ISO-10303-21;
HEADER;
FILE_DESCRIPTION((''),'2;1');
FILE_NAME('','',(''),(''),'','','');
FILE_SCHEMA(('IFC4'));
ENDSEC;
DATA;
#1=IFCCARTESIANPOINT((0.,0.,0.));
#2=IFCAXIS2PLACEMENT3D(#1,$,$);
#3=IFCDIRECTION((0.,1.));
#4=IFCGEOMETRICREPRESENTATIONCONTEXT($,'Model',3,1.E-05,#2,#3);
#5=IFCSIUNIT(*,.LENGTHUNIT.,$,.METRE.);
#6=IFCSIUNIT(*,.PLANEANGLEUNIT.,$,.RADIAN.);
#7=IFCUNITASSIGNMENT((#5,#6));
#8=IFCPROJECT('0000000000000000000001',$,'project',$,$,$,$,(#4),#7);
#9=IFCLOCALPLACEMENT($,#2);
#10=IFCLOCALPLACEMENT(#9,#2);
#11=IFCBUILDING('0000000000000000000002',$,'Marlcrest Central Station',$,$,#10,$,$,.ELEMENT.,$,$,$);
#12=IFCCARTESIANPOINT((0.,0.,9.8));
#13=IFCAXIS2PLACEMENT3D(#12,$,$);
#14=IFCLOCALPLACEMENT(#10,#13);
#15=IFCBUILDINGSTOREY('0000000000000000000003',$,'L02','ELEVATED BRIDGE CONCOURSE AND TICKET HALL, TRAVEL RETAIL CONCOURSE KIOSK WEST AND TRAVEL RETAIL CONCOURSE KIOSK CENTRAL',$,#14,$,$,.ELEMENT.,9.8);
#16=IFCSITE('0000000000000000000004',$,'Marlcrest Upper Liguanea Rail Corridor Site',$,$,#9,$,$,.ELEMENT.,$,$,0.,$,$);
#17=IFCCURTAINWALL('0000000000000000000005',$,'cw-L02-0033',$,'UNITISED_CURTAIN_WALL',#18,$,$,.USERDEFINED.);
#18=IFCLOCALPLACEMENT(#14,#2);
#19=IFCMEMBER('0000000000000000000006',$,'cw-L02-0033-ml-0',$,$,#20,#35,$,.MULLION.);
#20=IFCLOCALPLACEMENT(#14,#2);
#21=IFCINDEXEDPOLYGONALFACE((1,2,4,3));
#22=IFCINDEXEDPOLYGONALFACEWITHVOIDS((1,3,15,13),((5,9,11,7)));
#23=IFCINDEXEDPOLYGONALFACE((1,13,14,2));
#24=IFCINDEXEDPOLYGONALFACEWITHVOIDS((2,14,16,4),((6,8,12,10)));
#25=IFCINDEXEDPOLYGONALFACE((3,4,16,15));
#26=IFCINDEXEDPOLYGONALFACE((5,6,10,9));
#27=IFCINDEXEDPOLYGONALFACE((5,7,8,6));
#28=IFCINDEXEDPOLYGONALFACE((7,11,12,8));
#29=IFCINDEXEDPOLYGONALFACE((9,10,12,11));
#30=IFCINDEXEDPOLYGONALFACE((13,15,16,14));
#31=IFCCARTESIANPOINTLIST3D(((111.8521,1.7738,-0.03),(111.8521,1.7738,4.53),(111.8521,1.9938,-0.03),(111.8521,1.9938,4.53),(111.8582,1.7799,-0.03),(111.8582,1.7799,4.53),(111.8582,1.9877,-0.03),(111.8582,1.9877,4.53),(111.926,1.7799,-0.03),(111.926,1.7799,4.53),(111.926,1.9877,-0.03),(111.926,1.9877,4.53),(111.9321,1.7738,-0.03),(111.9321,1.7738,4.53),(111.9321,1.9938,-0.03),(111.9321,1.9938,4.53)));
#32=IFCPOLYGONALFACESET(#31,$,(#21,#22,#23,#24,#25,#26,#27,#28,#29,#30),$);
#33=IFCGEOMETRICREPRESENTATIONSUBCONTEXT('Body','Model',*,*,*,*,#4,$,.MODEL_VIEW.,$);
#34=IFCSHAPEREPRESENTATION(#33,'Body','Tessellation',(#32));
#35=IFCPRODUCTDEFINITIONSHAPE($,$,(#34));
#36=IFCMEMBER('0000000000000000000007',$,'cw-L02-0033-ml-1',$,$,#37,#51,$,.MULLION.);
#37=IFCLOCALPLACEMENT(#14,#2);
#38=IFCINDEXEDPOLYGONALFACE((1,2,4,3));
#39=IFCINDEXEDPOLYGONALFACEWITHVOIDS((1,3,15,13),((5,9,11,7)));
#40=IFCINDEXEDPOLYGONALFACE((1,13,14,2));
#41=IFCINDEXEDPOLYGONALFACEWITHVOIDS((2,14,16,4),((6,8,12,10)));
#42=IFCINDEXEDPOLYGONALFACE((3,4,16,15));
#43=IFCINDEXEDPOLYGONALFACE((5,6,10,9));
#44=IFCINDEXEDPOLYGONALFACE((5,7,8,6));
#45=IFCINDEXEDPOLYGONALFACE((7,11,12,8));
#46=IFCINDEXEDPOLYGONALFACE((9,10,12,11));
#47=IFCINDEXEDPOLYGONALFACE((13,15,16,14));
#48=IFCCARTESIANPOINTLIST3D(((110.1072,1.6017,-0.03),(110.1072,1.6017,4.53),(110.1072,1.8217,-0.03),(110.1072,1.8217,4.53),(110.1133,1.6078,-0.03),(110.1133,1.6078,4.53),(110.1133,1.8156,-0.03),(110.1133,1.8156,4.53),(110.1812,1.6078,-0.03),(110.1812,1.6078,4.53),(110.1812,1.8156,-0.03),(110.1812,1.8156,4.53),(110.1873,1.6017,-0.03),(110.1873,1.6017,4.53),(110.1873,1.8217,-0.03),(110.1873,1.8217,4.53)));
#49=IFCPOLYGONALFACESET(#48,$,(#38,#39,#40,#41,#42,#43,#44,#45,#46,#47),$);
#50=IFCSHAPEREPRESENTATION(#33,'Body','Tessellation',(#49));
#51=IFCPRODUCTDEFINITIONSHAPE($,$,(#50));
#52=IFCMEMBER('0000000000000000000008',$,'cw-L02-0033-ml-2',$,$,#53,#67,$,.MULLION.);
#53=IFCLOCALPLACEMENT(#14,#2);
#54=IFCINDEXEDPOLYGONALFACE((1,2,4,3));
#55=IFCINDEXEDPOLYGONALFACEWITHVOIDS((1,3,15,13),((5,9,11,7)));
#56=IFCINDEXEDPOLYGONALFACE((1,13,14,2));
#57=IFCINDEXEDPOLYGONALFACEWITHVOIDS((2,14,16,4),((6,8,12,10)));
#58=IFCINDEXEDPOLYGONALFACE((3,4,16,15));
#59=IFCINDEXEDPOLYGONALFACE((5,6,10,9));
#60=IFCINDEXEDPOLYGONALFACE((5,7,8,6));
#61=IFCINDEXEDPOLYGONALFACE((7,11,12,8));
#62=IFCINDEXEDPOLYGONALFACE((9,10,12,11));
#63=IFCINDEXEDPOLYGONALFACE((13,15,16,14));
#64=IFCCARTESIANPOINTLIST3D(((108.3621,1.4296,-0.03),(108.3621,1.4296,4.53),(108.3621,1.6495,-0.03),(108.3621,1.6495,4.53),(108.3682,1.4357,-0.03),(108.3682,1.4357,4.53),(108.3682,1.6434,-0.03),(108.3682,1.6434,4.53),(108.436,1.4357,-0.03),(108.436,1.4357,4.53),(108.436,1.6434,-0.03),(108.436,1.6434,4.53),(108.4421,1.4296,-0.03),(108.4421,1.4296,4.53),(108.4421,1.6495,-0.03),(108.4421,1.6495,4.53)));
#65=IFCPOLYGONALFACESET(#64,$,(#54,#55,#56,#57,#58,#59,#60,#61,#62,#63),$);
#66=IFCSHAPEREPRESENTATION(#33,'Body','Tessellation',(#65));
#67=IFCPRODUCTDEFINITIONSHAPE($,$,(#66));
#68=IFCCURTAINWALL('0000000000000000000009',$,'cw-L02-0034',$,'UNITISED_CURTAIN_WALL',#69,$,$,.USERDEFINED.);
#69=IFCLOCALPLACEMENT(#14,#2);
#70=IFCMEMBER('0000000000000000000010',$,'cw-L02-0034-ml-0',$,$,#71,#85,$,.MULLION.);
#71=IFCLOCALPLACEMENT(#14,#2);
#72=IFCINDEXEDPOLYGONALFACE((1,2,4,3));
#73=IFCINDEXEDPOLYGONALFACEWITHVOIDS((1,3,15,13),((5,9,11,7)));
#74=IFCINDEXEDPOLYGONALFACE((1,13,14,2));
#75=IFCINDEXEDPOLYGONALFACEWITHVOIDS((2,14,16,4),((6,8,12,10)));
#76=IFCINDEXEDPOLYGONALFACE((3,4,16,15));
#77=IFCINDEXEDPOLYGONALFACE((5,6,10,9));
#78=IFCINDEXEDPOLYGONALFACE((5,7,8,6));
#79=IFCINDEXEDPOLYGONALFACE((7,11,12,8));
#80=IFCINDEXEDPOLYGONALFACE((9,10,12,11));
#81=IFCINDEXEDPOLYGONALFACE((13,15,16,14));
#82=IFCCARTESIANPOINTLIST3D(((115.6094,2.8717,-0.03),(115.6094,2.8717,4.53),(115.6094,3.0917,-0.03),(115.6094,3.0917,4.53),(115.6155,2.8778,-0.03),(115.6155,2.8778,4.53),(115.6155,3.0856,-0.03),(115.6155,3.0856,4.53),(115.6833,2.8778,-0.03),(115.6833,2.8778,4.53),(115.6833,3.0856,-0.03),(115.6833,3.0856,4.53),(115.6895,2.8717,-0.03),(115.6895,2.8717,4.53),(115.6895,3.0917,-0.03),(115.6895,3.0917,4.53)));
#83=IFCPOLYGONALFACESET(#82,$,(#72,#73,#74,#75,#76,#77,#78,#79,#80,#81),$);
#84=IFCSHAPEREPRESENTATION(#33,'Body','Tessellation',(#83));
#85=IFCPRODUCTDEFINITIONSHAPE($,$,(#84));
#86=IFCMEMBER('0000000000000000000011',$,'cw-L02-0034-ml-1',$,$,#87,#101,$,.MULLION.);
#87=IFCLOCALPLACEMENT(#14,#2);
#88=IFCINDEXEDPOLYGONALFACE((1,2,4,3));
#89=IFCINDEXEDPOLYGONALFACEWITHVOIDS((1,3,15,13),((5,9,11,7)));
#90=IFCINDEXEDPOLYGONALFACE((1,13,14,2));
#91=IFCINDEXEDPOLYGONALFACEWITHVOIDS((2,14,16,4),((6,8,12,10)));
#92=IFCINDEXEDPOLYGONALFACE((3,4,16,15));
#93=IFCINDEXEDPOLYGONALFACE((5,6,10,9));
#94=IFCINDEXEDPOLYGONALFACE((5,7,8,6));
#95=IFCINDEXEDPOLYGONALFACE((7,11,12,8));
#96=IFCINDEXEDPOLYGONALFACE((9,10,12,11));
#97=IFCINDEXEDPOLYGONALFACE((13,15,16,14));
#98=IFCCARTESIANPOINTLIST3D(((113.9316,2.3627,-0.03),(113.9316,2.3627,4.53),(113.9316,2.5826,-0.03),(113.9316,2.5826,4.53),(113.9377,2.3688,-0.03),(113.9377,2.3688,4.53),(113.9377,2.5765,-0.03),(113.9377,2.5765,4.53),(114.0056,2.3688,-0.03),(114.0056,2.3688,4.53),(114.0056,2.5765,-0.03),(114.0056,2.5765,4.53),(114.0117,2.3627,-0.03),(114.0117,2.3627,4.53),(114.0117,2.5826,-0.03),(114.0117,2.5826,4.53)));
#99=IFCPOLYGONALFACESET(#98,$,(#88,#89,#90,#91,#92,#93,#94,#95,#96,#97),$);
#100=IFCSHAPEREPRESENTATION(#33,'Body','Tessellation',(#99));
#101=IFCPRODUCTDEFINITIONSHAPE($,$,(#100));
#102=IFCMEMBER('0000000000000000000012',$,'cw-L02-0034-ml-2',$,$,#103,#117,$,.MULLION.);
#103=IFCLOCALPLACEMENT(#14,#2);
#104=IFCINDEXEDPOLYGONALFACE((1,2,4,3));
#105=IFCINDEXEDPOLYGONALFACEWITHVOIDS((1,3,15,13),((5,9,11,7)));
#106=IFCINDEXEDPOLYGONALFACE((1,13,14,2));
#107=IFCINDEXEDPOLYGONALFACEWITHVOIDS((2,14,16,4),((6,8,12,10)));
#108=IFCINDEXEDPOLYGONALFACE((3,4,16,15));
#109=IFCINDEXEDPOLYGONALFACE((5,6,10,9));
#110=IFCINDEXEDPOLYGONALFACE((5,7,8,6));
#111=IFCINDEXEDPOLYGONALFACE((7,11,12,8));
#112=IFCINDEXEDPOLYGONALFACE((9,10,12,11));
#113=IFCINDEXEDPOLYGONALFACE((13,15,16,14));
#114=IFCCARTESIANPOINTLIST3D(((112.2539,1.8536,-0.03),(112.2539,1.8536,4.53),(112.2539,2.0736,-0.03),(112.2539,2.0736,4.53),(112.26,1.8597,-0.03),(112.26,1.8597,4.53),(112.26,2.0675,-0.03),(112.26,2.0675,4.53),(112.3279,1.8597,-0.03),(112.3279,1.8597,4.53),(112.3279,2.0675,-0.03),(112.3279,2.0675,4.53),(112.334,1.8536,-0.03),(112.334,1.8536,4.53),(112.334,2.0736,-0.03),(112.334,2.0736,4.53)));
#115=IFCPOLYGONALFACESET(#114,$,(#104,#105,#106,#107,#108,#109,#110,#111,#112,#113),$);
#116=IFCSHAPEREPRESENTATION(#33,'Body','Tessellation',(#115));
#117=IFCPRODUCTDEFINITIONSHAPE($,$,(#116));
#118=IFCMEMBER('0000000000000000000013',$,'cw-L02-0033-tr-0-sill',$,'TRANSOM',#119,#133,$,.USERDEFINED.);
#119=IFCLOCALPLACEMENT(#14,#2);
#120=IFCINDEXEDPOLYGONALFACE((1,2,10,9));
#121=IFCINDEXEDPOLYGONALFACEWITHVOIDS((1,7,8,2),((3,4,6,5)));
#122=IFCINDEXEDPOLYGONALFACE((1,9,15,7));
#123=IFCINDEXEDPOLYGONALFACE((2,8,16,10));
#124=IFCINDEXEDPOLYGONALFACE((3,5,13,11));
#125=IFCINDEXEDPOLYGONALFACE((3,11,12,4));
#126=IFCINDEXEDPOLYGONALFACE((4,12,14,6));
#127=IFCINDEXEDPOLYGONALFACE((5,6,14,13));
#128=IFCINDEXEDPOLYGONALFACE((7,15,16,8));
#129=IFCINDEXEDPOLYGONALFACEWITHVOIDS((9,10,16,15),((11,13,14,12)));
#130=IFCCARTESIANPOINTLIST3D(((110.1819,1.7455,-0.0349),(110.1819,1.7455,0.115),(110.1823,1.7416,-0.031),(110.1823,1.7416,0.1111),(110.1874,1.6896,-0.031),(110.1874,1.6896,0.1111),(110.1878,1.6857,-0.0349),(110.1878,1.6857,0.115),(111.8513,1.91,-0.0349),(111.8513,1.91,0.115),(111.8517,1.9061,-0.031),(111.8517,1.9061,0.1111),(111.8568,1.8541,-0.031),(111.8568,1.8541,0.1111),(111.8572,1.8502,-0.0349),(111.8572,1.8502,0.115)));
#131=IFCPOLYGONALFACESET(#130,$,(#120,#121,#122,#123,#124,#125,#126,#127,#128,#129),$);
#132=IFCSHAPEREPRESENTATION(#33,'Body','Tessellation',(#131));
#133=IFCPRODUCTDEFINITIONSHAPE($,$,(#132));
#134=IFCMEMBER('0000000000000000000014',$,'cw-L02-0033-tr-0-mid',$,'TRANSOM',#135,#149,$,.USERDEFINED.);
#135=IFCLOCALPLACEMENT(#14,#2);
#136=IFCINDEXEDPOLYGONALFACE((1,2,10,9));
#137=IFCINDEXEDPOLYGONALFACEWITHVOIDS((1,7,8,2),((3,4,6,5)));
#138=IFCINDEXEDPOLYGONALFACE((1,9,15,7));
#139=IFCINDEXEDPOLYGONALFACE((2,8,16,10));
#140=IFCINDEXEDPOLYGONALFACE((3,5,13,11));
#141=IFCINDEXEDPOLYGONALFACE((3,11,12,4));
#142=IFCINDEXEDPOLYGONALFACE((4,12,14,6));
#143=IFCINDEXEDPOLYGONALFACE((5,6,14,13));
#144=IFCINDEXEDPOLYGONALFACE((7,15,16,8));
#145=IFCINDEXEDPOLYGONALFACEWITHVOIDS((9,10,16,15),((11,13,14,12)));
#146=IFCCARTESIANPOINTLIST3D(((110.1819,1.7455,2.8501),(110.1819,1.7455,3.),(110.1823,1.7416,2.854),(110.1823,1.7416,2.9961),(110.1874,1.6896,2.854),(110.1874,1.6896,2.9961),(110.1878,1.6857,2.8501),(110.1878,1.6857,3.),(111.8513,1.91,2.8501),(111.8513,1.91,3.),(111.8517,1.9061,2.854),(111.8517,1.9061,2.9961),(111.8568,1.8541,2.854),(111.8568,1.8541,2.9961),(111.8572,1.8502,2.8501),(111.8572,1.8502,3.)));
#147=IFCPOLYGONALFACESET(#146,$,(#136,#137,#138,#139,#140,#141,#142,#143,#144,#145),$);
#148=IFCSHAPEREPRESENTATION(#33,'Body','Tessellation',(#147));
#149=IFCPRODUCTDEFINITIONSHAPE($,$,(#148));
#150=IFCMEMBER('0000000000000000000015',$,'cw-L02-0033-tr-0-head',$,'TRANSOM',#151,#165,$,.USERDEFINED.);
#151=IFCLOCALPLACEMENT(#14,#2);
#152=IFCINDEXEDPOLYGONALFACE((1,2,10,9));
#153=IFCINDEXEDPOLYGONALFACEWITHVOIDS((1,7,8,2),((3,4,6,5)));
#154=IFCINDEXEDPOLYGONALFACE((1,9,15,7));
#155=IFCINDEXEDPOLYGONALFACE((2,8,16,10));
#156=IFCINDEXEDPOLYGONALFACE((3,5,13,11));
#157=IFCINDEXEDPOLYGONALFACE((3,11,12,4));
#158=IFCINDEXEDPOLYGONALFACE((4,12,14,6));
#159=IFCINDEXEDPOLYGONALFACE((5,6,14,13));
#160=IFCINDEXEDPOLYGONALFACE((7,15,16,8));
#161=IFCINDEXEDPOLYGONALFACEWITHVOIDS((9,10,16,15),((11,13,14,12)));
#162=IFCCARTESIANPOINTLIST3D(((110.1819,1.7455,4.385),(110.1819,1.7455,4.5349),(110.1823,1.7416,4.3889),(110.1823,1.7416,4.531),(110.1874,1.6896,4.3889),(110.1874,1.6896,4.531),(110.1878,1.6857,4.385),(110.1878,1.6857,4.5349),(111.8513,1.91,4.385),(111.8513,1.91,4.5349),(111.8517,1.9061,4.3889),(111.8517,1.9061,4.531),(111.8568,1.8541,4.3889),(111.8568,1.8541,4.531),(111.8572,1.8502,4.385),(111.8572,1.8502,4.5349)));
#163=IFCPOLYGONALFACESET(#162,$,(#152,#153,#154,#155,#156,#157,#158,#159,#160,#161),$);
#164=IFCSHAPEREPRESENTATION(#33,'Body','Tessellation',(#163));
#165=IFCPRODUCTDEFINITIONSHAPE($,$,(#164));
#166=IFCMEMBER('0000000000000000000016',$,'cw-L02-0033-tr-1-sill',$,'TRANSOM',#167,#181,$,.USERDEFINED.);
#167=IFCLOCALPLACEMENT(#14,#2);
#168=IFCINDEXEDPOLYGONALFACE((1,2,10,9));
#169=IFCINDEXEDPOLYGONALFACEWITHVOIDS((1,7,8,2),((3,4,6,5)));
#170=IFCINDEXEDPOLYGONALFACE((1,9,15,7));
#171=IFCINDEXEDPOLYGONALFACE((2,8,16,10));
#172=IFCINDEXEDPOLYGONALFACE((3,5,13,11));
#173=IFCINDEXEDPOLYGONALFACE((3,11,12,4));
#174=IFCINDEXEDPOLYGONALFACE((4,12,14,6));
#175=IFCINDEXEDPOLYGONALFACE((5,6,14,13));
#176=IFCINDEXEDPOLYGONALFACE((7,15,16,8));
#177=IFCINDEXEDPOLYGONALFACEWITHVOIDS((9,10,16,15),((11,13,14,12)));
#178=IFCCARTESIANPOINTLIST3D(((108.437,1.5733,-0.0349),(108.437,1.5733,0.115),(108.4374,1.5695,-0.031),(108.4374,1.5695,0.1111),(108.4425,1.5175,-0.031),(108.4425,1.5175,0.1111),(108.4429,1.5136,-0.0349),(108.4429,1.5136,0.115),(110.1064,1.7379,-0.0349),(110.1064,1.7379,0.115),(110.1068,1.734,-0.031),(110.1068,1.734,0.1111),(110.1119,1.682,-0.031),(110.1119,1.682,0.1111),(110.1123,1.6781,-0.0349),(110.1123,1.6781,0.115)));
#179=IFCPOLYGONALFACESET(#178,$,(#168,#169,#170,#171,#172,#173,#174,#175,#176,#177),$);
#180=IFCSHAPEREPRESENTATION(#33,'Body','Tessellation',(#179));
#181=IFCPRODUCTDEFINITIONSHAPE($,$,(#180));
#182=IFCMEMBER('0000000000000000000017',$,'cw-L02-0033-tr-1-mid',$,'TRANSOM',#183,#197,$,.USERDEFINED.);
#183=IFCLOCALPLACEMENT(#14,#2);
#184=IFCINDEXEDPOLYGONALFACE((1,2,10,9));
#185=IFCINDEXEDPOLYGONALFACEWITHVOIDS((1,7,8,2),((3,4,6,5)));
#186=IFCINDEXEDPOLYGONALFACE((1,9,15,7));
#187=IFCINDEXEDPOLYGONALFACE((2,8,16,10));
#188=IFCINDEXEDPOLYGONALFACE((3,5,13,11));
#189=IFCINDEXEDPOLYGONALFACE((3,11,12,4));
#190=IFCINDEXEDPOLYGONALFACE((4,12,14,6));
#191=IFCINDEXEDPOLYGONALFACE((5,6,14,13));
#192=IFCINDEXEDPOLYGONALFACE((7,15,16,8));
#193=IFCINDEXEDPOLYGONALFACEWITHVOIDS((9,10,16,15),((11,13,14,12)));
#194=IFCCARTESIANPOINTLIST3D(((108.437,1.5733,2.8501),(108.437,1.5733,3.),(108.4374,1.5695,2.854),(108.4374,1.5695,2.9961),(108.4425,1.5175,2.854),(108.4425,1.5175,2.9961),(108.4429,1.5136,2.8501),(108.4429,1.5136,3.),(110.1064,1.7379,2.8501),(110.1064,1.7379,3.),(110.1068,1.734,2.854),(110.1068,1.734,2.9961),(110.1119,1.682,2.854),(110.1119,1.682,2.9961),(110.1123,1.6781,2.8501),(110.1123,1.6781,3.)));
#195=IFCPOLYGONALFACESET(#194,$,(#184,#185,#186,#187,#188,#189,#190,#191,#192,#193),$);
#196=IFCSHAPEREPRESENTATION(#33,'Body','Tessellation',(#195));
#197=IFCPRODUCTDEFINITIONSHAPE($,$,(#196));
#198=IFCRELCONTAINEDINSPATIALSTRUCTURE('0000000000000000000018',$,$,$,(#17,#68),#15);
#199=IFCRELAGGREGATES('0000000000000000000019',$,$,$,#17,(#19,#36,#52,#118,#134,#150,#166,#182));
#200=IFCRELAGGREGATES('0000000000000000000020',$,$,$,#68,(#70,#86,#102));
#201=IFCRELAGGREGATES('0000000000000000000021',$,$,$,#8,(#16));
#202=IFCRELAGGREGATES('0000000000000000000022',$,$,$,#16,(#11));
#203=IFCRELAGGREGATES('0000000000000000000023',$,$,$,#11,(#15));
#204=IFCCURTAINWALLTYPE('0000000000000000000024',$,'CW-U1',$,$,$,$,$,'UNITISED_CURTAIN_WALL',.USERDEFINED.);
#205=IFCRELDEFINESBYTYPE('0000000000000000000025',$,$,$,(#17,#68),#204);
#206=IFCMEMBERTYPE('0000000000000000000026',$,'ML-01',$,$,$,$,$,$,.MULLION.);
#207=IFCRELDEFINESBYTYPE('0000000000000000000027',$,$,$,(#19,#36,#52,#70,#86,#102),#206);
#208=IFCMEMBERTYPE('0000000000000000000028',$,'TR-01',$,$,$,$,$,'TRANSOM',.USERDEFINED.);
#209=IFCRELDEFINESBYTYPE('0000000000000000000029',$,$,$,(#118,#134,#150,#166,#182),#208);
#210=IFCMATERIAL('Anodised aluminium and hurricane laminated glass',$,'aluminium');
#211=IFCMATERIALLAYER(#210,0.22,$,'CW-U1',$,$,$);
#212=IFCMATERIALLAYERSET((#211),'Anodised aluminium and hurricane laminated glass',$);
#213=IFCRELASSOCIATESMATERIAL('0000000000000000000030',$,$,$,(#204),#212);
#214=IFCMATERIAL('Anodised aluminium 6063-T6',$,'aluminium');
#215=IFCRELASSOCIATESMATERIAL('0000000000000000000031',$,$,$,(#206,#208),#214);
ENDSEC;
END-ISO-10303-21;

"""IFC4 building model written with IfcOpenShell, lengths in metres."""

from ifc_helpers import new_model, si_unit, direction, frame, origin, origin_2d, place, context, subcontext, project, spatial, hollow_rectangle, extrude, material, layer, layer_set, material_profile, profile_set, type_object, element, aggregate, save


model = new_model("IFC4")

# Units and contexts
model_context = context("Model", 3, precision=1e-05, world=origin(), true_north=direction((0.0, 1.0)))
body_context = subcontext(model_context, "Body", "Model", "MODEL_VIEW")
ifc_project = project(units=[si_unit("LENGTHUNIT", "METRE"), si_unit("PLANEANGLEUNIT", "RADIAN")], contexts=[model_context])

# Site, building, storey
site_placement = place(None, origin())
site = spatial("IfcSite", under=ifc_project, at=site_placement, Name="Marlcrest Upper Liguanea Rail Corridor Site", CompositionType="ELEMENT", RefElevation=0.0)
building_placement = place(site_placement, origin())
building = spatial("IfcBuilding", under=site, at=building_placement, Name="Marlcrest Central Station", CompositionType="ELEMENT")
storey_placement = place(building_placement, frame((0.0, 0.0, 9.8)))
storey = spatial("IfcBuildingStorey", under=building, at=storey_placement, Name="L02", Description="ELEVATED BRIDGE CONCOURSE AND TICKET HALL, TRAVEL RETAIL CONCOURSE KIOSK WEST AND TRAVEL RETAIL CONCOURSE KIOSK CENTRAL", CompositionType="ELEMENT", Elevation=9.8)

# Curtain walls, members
ifc_material_1 = material(Name="Anodised aluminium and hurricane laminated glass", Category="aluminium")
ifc_layer_1 = layer(ifc_material_1, 0.22, Name="CW-U1")
ifc_layer_set_1 = layer_set([ifc_layer_1], Name="Anodised aluminium and hurricane laminated glass")
curtain_wall_type = type_object("IfcCurtainWallType", Name="CW-U1", ElementType="UNITISED_CURTAIN_WALL", PredefinedType="USERDEFINED", material=ifc_layer_set_1)
curtain_wall_1_placement = place(storey_placement, origin())
curtain_wall_1 = element("IfcCurtainWall", 1, at=curtain_wall_1_placement, inside=storey, type_object=curtain_wall_type, Name="cw-L02-0033", ObjectType="UNITISED_CURTAIN_WALL", PredefinedType="USERDEFINED")
ifc_material_2 = material(Name="Anodised aluminium 6063-T6", Category="aluminium")
ifc_material_profile_1 = material_profile(ifc_material_2, hollow_rectangle(XDim=0.0801, YDim=0.22, WallThickness=0.0061, at=origin_2d()), Name="AA-RHS 220x80x6")
ifc_profile_set_1 = profile_set([ifc_material_profile_1], Name="Anodised aluminium 6063-T6")
member_type_1 = type_object("IfcMemberType", Name="ML-01", PredefinedType="MULLION", material=ifc_profile_set_1)
member_1_placement = place(storey_placement, frame((111.8921, 1.8838, -0.03), z_axis=(0.0, 0.0, 1.0), x_axis=(1.0, 0.0, 0.0)))
member_1 = element("IfcMember", 2, at=member_1_placement, type_object=member_type_1, Name="cw-L02-0033-ml-0", PredefinedType="MULLION", context=body_context, shape_type="SweptSolid", body=[
    extrude(hollow_rectangle(XDim=0.0801, YDim=0.22, WallThickness=0.0061, at=origin_2d()), origin(), (0.0, 0.0, 1.0), 4.5601),
])
member_2_placement = place(storey_placement, frame((110.1472, 1.7117, -0.03), z_axis=(0.0, 0.0, 1.0), x_axis=(1.0, 0.0, 0.0)))
member_2 = element("IfcMember", 3, at=member_2_placement, type_object=member_type_1, Name="cw-L02-0033-ml-1", PredefinedType="MULLION", context=body_context, shape_type="SweptSolid", body=[
    extrude(hollow_rectangle(XDim=0.0801, YDim=0.22, WallThickness=0.0061, at=origin_2d()), origin(), (0.0, 0.0, 1.0), 4.5601),
])
member_3_placement = place(storey_placement, frame((108.4021, 1.5396, -0.03), z_axis=(0.0, 0.0, 1.0), x_axis=(1.0, 0.0, 0.0)))
member_3 = element("IfcMember", 4, at=member_3_placement, type_object=member_type_1, Name="cw-L02-0033-ml-2", PredefinedType="MULLION", context=body_context, shape_type="SweptSolid", body=[
    extrude(hollow_rectangle(XDim=0.0801, YDim=0.22, WallThickness=0.0061, at=origin_2d()), origin(), (0.0, 0.0, 1.0), 4.5601),
])
curtain_wall_2_placement = place(storey_placement, origin())
curtain_wall_2 = element("IfcCurtainWall", 5, at=curtain_wall_2_placement, inside=storey, type_object=curtain_wall_type, Name="cw-L02-0034", ObjectType="UNITISED_CURTAIN_WALL", PredefinedType="USERDEFINED")
member_4_placement = place(storey_placement, frame((115.6494, 2.9817, -0.03), z_axis=(0.0, 0.0, 1.0), x_axis=(1.0, 0.0, 0.0)))
member_4 = element("IfcMember", 6, at=member_4_placement, type_object=member_type_1, Name="cw-L02-0034-ml-0", PredefinedType="MULLION", context=body_context, shape_type="SweptSolid", body=[
    extrude(hollow_rectangle(XDim=0.0801, YDim=0.22, WallThickness=0.0061, at=origin_2d()), origin(), (0.0, 0.0, 1.0), 4.5601),
])
member_5_placement = place(storey_placement, frame((113.9717, 2.4727, -0.03), z_axis=(0.0, 0.0, 1.0), x_axis=(1.0, 0.0, 0.0)))
member_5 = element("IfcMember", 7, at=member_5_placement, type_object=member_type_1, Name="cw-L02-0034-ml-1", PredefinedType="MULLION", context=body_context, shape_type="SweptSolid", body=[
    extrude(hollow_rectangle(XDim=0.0801, YDim=0.22, WallThickness=0.0061, at=origin_2d()), origin(), (0.0, 0.0, 1.0), 4.5601),
])
member_6_placement = place(storey_placement, frame((112.2939, 1.9636, -0.03), z_axis=(0.0, 0.0, 1.0), x_axis=(1.0, 0.0, 0.0)))
member_6 = element("IfcMember", 8, at=member_6_placement, type_object=member_type_1, Name="cw-L02-0034-ml-2", PredefinedType="MULLION", context=body_context, shape_type="SweptSolid", body=[
    extrude(hollow_rectangle(XDim=0.0801, YDim=0.22, WallThickness=0.0061, at=origin_2d()), origin(), (0.0, 0.0, 1.0), 4.5601),
])

# Members
ifc_material_profile_2 = material_profile(ifc_material_2, hollow_rectangle(XDim=0.0601, YDim=0.1499, WallThickness=0.0039, at=origin_2d()), Name="AA-RHS 150x60x4")
ifc_profile_set_2 = profile_set([ifc_material_profile_2], Name="Anodised aluminium 6063-T6")
member_type_2 = type_object("IfcMemberType", Name="TR-01", ElementType="TRANSOM", PredefinedType="USERDEFINED", material=ifc_profile_set_2)
member_7_placement = place(storey_placement, frame((111.8542, 1.8801, 0.04), z_axis=(-0.995177, -0.098091, 0.0), x_axis=(0.098091, -0.995177, 0.0)))
member_7 = element("IfcMember", 9, at=member_7_placement, type_object=member_type_2, Name="cw-L02-0033-tr-0-sill", ObjectType="TRANSOM", PredefinedType="USERDEFINED", context=body_context, shape_type="SweptSolid", body=[
    extrude(hollow_rectangle(XDim=0.0601, YDim=0.1499, WallThickness=0.0039, at=origin_2d()), origin(), (0.0, 0.0, 1.0), 1.6775),
])
member_8_placement = place(storey_placement, frame((111.8542, 1.8801, 2.925), z_axis=(-0.995177, -0.098091, 0.0), x_axis=(0.098091, -0.995177, 0.0)))
member_8 = element("IfcMember", 10, at=member_8_placement, type_object=member_type_2, Name="cw-L02-0033-tr-0-mid", ObjectType="TRANSOM", PredefinedType="USERDEFINED", context=body_context, shape_type="SweptSolid", body=[
    extrude(hollow_rectangle(XDim=0.0601, YDim=0.1499, WallThickness=0.0039, at=origin_2d()), origin(), (0.0, 0.0, 1.0), 1.6775),
])
member_9_placement = place(storey_placement, frame((111.8542, 1.8801, 4.46), z_axis=(-0.995177, -0.098091, 0.0), x_axis=(0.098091, -0.995177, 0.0)))
member_9 = element("IfcMember", 11, at=member_9_placement, type_object=member_type_2, Name="cw-L02-0033-tr-0-head", ObjectType="TRANSOM", PredefinedType="USERDEFINED", context=body_context, shape_type="SweptSolid", body=[
    extrude(hollow_rectangle(XDim=0.0601, YDim=0.1499, WallThickness=0.0039, at=origin_2d()), origin(), (0.0, 0.0, 1.0), 1.6775),
])
member_10_placement = place(storey_placement, frame((110.1094, 1.708, 0.04), z_axis=(-0.995177, -0.098091, 0.0), x_axis=(0.098091, -0.995177, 0.0)))
member_10 = element("IfcMember", 12, at=member_10_placement, type_object=member_type_2, Name="cw-L02-0033-tr-1-sill", ObjectType="TRANSOM", PredefinedType="USERDEFINED", context=body_context, shape_type="SweptSolid", body=[
    extrude(hollow_rectangle(XDim=0.0601, YDim=0.1499, WallThickness=0.0039, at=origin_2d()), origin(), (0.0, 0.0, 1.0), 1.6775),
])
member_11_placement = place(storey_placement, frame((110.1094, 1.708, 2.925), z_axis=(-0.995177, -0.098091, 0.0), x_axis=(0.098091, -0.995177, 0.0)))
member_11 = element("IfcMember", 13, at=member_11_placement, type_object=member_type_2, Name="cw-L02-0033-tr-1-mid", ObjectType="TRANSOM", PredefinedType="USERDEFINED", context=body_context, shape_type="SweptSolid", body=[
    extrude(hollow_rectangle(XDim=0.0601, YDim=0.1499, WallThickness=0.0039, at=origin_2d()), origin(), (0.0, 0.0, 1.0), 1.6775),
])

aggregate(curtain_wall_1, [member_1, member_2, member_3, member_7, member_8, member_9, member_10, member_11])
aggregate(curtain_wall_2, [member_4, member_5, member_6])

save(model, "model.ifc")
